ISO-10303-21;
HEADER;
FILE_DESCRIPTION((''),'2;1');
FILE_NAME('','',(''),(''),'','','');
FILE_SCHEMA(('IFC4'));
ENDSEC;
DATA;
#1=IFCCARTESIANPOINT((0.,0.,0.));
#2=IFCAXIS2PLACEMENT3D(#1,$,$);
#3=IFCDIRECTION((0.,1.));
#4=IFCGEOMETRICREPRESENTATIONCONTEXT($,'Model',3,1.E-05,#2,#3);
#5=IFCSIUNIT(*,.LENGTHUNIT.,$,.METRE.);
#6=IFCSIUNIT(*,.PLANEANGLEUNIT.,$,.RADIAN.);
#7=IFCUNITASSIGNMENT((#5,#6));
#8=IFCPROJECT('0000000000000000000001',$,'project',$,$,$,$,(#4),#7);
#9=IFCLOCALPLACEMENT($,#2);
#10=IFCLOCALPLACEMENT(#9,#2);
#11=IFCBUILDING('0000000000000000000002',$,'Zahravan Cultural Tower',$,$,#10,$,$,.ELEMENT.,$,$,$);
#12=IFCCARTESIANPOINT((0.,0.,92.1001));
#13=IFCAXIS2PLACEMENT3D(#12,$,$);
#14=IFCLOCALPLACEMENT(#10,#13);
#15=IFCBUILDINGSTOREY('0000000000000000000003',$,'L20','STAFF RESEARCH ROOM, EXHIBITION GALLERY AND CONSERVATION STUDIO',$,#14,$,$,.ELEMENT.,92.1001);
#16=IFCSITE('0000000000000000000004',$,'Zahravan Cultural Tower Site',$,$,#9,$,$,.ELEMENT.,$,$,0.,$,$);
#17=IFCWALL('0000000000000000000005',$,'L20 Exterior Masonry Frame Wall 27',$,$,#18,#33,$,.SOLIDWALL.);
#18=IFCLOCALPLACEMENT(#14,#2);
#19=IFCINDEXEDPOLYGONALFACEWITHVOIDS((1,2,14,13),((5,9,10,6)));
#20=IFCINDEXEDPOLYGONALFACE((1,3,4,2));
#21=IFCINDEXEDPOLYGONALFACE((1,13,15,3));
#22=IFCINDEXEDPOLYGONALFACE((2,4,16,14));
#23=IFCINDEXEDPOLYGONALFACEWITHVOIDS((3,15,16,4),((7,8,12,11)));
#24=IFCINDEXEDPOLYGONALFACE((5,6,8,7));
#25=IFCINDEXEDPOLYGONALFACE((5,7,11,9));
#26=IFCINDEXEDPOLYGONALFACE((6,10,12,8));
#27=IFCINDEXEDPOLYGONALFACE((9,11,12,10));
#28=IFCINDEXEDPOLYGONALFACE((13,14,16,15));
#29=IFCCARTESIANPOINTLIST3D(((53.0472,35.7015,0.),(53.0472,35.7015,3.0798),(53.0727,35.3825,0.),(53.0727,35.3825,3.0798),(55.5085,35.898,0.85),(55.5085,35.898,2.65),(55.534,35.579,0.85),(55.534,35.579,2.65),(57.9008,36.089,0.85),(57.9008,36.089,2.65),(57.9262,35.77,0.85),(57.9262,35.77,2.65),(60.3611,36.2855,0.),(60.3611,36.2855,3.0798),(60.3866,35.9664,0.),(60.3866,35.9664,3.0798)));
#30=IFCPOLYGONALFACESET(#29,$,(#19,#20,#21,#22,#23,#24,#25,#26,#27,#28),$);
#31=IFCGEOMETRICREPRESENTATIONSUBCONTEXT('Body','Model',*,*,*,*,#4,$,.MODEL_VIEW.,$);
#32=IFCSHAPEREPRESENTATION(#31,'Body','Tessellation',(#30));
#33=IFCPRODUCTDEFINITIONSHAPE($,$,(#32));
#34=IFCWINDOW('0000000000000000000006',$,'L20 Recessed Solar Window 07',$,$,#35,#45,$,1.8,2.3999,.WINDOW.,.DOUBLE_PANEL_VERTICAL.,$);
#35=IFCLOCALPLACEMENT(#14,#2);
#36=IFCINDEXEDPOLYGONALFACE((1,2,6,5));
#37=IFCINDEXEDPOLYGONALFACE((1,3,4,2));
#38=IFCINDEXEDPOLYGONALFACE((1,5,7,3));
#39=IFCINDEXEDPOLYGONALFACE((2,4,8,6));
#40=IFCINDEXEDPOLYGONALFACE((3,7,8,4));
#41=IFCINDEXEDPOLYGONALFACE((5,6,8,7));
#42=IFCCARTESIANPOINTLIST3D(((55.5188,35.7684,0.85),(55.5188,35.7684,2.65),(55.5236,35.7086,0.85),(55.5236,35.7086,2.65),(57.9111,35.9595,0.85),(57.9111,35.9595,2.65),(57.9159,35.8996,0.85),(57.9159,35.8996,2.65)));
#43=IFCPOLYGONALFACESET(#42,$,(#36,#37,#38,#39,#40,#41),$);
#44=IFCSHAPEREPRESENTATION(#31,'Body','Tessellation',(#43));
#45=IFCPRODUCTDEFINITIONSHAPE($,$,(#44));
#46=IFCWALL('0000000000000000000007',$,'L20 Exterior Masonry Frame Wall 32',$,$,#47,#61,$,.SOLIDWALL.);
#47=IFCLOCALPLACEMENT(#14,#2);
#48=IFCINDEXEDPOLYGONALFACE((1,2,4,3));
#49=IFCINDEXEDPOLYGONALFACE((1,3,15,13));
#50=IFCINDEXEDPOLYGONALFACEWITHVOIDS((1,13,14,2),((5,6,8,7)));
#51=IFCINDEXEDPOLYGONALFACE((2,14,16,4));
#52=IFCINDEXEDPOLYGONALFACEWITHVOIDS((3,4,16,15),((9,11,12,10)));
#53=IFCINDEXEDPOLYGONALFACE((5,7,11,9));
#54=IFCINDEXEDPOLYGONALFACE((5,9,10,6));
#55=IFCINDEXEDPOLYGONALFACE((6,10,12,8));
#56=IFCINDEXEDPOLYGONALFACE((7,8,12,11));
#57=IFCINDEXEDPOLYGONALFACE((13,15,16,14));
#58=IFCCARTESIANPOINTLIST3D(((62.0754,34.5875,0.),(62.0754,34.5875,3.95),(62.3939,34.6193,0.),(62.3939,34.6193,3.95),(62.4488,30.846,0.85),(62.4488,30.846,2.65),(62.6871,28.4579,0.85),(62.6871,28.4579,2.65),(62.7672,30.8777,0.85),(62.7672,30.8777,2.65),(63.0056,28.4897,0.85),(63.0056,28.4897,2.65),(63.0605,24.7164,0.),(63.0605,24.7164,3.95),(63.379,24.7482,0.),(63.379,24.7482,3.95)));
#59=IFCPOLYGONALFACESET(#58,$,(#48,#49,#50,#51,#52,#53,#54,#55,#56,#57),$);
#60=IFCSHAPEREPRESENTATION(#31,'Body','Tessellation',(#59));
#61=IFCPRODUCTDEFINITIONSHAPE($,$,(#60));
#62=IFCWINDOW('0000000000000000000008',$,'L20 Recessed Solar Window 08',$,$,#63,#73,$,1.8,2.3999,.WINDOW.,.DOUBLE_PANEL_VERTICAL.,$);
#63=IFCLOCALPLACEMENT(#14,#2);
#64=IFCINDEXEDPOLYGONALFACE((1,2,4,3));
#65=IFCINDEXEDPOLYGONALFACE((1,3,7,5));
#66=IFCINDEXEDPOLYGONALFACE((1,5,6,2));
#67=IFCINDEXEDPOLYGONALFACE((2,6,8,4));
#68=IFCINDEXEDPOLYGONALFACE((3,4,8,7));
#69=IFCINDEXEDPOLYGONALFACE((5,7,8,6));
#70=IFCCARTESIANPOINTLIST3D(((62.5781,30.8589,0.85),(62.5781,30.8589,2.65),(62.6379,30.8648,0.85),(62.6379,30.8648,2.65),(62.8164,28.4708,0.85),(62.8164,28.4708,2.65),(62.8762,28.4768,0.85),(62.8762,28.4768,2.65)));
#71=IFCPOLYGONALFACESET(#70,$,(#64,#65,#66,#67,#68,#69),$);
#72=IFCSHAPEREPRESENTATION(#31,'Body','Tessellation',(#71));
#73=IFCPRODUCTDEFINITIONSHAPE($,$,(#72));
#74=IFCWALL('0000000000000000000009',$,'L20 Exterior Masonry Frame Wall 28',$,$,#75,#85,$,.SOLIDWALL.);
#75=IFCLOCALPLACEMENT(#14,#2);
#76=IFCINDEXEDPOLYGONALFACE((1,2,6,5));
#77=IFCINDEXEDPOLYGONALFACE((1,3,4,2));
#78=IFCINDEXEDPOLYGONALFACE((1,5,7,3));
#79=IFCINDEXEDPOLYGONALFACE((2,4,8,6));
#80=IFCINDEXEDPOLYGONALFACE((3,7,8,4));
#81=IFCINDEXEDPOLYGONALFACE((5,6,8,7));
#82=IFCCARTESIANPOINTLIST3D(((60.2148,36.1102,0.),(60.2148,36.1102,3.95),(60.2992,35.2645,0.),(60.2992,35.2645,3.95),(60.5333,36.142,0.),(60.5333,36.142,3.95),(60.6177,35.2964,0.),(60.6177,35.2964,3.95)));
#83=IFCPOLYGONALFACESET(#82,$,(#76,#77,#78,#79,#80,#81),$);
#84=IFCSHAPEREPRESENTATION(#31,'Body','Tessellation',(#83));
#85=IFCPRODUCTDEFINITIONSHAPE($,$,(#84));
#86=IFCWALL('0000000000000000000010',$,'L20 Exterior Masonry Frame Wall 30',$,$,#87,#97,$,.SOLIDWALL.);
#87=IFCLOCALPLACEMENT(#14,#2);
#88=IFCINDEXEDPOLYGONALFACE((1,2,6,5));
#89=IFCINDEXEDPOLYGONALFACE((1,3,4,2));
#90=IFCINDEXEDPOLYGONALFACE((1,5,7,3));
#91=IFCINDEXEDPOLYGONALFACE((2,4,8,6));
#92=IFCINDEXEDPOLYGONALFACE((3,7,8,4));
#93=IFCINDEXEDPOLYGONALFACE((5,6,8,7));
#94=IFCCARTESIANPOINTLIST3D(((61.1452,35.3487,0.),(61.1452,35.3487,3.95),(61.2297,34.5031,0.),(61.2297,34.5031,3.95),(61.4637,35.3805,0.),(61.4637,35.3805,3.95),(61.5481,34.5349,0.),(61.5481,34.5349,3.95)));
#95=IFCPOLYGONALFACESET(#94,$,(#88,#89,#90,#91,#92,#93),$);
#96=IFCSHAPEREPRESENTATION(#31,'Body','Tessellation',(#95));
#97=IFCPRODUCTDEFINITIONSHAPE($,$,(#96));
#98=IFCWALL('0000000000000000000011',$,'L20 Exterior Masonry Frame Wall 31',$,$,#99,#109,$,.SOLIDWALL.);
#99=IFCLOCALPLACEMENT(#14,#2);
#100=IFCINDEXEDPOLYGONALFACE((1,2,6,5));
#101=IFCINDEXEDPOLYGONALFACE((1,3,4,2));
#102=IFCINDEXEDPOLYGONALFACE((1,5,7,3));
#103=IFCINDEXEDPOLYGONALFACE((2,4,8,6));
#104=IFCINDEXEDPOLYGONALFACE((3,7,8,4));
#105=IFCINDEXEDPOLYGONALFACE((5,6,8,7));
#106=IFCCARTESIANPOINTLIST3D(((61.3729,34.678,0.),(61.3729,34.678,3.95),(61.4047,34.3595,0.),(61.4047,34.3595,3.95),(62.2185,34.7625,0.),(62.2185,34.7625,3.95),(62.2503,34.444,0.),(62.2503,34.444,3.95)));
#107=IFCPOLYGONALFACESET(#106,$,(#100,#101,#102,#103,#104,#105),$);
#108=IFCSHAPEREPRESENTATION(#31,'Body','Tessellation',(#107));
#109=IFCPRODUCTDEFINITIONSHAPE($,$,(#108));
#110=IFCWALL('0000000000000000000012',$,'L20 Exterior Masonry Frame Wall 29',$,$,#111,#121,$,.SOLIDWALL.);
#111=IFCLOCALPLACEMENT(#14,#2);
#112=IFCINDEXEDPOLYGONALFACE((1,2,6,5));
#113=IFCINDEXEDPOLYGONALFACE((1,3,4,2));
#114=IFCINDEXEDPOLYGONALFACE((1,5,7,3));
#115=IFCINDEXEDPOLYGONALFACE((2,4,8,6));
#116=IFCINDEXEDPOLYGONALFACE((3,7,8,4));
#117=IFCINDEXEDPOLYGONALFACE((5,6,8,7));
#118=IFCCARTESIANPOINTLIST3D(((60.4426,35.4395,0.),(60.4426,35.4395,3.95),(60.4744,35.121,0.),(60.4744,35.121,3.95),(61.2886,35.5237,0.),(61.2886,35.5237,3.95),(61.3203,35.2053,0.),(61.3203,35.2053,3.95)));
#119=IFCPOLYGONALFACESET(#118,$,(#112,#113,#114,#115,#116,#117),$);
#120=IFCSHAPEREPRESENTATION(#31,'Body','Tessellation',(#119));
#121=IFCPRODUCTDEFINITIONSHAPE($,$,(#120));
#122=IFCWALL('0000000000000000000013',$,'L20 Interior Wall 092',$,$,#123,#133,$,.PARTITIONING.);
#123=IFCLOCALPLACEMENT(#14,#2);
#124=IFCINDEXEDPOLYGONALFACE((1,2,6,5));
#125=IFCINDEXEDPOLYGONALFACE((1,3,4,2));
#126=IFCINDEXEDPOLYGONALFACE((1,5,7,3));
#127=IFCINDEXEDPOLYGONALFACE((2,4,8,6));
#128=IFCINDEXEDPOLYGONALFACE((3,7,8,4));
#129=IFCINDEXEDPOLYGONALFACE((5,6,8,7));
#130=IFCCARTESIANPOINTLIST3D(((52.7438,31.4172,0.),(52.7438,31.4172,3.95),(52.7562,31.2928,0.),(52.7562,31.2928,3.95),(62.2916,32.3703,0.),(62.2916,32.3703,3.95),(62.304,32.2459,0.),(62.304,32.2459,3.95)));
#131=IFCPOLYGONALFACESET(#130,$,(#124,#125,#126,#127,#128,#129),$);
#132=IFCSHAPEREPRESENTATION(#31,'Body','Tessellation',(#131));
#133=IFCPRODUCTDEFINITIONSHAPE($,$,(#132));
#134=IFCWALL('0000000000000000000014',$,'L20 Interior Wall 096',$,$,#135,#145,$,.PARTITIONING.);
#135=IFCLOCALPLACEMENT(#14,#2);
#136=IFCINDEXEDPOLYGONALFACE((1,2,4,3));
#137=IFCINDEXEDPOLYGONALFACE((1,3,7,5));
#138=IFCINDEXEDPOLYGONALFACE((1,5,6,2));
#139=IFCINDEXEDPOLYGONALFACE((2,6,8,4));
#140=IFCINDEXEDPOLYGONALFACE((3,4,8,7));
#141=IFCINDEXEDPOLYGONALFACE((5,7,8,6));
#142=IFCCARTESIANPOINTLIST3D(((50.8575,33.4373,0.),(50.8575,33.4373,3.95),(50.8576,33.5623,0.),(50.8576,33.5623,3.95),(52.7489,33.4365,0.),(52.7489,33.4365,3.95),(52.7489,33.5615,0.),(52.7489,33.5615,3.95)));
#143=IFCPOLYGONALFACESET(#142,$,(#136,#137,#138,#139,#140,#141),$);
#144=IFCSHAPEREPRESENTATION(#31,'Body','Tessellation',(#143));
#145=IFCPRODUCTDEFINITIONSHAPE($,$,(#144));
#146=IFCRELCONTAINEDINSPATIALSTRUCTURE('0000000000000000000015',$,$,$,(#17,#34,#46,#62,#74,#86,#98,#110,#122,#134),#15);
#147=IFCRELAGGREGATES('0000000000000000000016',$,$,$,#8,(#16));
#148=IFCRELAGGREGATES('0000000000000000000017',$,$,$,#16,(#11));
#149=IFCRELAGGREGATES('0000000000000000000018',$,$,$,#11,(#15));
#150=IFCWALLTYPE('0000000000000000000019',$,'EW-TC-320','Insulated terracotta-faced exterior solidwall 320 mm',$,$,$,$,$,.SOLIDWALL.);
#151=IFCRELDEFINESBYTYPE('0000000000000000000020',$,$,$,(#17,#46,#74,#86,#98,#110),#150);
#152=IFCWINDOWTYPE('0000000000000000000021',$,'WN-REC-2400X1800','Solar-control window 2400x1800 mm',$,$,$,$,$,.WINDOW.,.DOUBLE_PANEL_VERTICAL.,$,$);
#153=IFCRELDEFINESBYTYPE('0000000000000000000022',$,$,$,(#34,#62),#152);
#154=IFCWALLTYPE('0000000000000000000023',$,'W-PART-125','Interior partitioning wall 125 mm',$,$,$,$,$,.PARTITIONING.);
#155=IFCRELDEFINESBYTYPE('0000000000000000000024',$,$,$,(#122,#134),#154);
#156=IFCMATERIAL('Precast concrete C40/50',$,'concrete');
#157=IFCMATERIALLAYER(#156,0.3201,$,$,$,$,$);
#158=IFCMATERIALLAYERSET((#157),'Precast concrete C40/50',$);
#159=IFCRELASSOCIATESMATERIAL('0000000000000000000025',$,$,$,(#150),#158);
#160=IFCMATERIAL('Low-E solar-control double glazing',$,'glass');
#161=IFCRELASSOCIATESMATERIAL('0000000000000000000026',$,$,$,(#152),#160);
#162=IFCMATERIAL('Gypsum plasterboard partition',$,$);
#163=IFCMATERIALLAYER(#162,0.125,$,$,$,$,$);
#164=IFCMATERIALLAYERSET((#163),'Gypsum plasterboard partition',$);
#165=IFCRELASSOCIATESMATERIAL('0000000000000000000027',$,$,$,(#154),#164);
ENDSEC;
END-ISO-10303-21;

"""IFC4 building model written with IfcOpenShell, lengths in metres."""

from ifc_helpers import new_model, si_unit, direction, frame, frame_2d, origin, place, context, subcontext, project, spatial, rectangle, extrude, source, transform, mapped, material, layer, layer_set, type_object, element, fill, save


model = new_model("IFC4")

# Units and contexts
model_context = context("Model", 3, precision=1e-05, world=origin(), true_north=direction((0.0, 1.0)))
body_context = subcontext(model_context, "Body", "Model", "MODEL_VIEW")
ifc_project = project(units=[si_unit("LENGTHUNIT", "METRE"), si_unit("PLANEANGLEUNIT", "RADIAN")], contexts=[model_context])

# Site, building, storey
site_placement = place(None, origin())
site = spatial("IfcSite", under=ifc_project, at=site_placement, Name="Zahravan Cultural Tower Site", CompositionType="ELEMENT", RefElevation=0.0)
building_placement = place(site_placement, origin())
building = spatial("IfcBuilding", under=site, at=building_placement, Name="Zahravan Cultural Tower", CompositionType="ELEMENT")
storey_placement = place(building_placement, frame((0.0, 0.0, 92.1001)))
storey = spatial("IfcBuildingStorey", under=building, at=storey_placement, Name="L20", Description="STAFF RESEARCH ROOM, EXHIBITION GALLERY AND CONSERVATION STUDIO", CompositionType="ELEMENT", Elevation=92.1001)

# Walls, openings, windows
ifc_material_1 = material(Name="Precast concrete C40/50", Category="concrete")
ifc_layer_1 = layer(ifc_material_1, 0.3201)
ifc_layer_set_1 = layer_set([ifc_layer_1], Name="Precast concrete C40/50")
wall_type_1 = type_object("IfcWallType", Name="EW-TC-320", Description="Insulated terracotta-faced exterior solidwall 320 mm", PredefinedType="SOLIDWALL", material=ifc_layer_set_1)
ifc_material_2 = material(Name="Low-E solar-control double glazing", Category="glass")
window_type = type_object("IfcWindowType", Name="WN-REC-2400X1800", Description="Solar-control window 2400x1800 mm", PartitioningType="DOUBLE_PANEL_VERTICAL", PredefinedType="WINDOW", material=ifc_material_2)
shared_shape_1 = source(origin(), body_context, "Body", "SweptSolid", [
    extrude(rectangle(XDim=2.3999, YDim=1.8, at=frame_2d((1.2, 0.8999))), frame((0.0, 0.03, 0.0), z_axis=(0.0, -1.0, 0.0), x_axis=(1.0, 0.0, 0.0)), (0.0, 0.0, 1.0), 0.0601),
])
wall_1_placement = place(storey_placement, frame((53.0601, 35.542, 0.0), z_axis=(0.0, 0.0, 1.0), x_axis=(0.996828, 0.079592, 0.0)))
wall_1 = element("IfcWall", 1, at=wall_1_placement, inside=storey, type_object=wall_type_1, Name="L20 Exterior Masonry Frame Wall 27", PredefinedType="SOLIDWALL", context=body_context, shape_type="SweptSolid", body=[
    extrude(rectangle(XDim=7.3372, YDim=0.3201, at=frame_2d((3.6685, 0.0))), origin(), (0.0, 0.0, 1.0), 3.0798),
])
opening_1_placement = place(wall_1_placement, frame((2.469, 0.0, 0.8501)))
opening_1 = element("IfcOpeningElement", 2, at=opening_1_placement, cuts=wall_1, PredefinedType="OPENING", context=body_context, shape_type="SweptSolid", body=[
    extrude(rectangle(XDim=2.3999, YDim=1.8, at=frame_2d((1.2, 0.8999))), frame((0.0, 0.1699, 0.0), z_axis=(0.0, -1.0, 0.0), x_axis=(1.0, 0.0, 0.0)), (0.0, 0.0, 1.0), 0.3401),
])
window_1_placement = place(opening_1_placement, origin())
window_1 = element("IfcWindow", 3, at=window_1_placement, inside=storey, type_object=window_type, Name="L20 Recessed Solar Window 07", OverallHeight=1.8, OverallWidth=2.3999, PartitioningType="DOUBLE_PANEL_VERTICAL", PredefinedType="WINDOW", context=body_context, shape_type="MappedRepresentation", body=[
    mapped(shared_shape_1, transform((0.0, 0.0, 0.0), x_axis=(1.0, 0.0, 0.0), y_axis=(0.0, 1.0, 0.0), z_axis=(0.0, 0.0, 1.0), scale=1.0)),
])
fill(opening_1, window_1)
wall_2_placement = place(storey_placement, frame((62.2346, 34.6033, 0.0), z_axis=(0.0, 0.0, 1.0), x_axis=(0.099304, -0.995057, 0.0)))
wall_2 = element("IfcWall", 4, at=wall_2_placement, inside=storey, type_object=wall_type_1, Name="L20 Exterior Masonry Frame Wall 32", PredefinedType="SOLIDWALL", context=body_context, shape_type="SweptSolid", body=[
    extrude(rectangle(XDim=9.9202, YDim=0.3201, at=frame_2d((4.96, 0.0))), origin(), (0.0, 0.0, 1.0), 3.95),
])
opening_2_placement = place(wall_2_placement, frame((3.76, 0.0, 0.8501)))
opening_2 = element("IfcOpeningElement", 5, at=opening_2_placement, cuts=wall_2, PredefinedType="OPENING", context=body_context, shape_type="SweptSolid", body=[
    extrude(rectangle(XDim=2.3999, YDim=1.8, at=frame_2d((1.2, 0.8999))), frame((0.0, 0.1699, 0.0), z_axis=(0.0, -1.0, 0.0), x_axis=(1.0, 0.0, 0.0)), (0.0, 0.0, 1.0), 0.3401),
])
window_2_placement = place(opening_2_placement, origin())
window_2 = element("IfcWindow", 6, at=window_2_placement, inside=storey, type_object=window_type, Name="L20 Recessed Solar Window 08", OverallHeight=1.8, OverallWidth=2.3999, PartitioningType="DOUBLE_PANEL_VERTICAL", PredefinedType="WINDOW", context=body_context, shape_type="MappedRepresentation", body=[
    mapped(shared_shape_1, transform((0.0, 0.0, 0.0), x_axis=(1.0, 0.0, 0.0), y_axis=(0.0, 1.0, 0.0), z_axis=(0.0, 0.0, 1.0), scale=1.0)),
])
fill(opening_2, window_2)

# Shared definitions
ifc_material_3 = material(Name="Gypsum plasterboard partition")
ifc_layer_2 = layer(ifc_material_3, 0.125)
ifc_layer_set_2 = layer_set([ifc_layer_2], Name="Gypsum plasterboard partition")
wall_type_2 = type_object("IfcWallType", Name="W-PART-125", Description="Interior partitioning wall 125 mm", PredefinedType="PARTITIONING", material=ifc_layer_set_2)

# Walls
shared_shape_2 = source(origin(), body_context, "Body", "SweptSolid", [
    extrude(rectangle(XDim=0.8499, YDim=0.3201, at=frame_2d((0.4248, 0.0))), origin(), (0.0, 0.0, 1.0), 3.95),
])
for number, where, z_axis, x_axis, name in (
    (7, (60.374, 36.126, 0.0), (0.0, 0.0, 1.0), (0.09939, -0.995049, 0.0), "L20 Exterior Masonry Frame Wall 28"),
    (8, (61.3044, 35.3645, 0.0), (0.0, 0.0, 1.0), (0.09939, -0.995049, 0.0), "L20 Exterior Masonry Frame Wall 30"),
    (9, (61.3889, 34.5188, 0.0), (0.0, 0.0, 1.0), (0.995049, 0.09939, 0.0), "L20 Exterior Masonry Frame Wall 31"),
):
    element("IfcWall", number, at=place(storey_placement, frame(where, z_axis=z_axis, x_axis=x_axis)), inside=storey, type_object=wall_type_1, Name=name, PredefinedType="SOLIDWALL", context=body_context, shape_type="MappedRepresentation", body=[
        mapped(shared_shape_2, transform((0.0, 0.0, 0.0), x_axis=(1.0, 0.0, 0.0), y_axis=(0.0, 1.0, 0.0), z_axis=(0.0, 0.0, 1.0), scale=1.0)),
    ])
shared_shape_3 = source(origin(), body_context, "Body", "SweptSolid", [
    extrude(rectangle(XDim=0.8501, YDim=0.3201, at=frame_2d((0.425, 0.0))), origin(), (0.0, 0.0, 1.0), 3.95),
])
wall_3_placement = place(storey_placement, frame((60.4585, 35.2803, 0.0), z_axis=(0.0, 0.0, 1.0), x_axis=(0.99508, 0.099077, 0.0)))
element("IfcWall", 10, at=wall_3_placement, inside=storey, type_object=wall_type_1, Name="L20 Exterior Masonry Frame Wall 29", PredefinedType="SOLIDWALL", context=body_context, shape_type="MappedRepresentation", body=[
    mapped(shared_shape_3, transform((0.0, 0.0, 0.0), x_axis=(1.0, 0.0, 0.0), y_axis=(0.0, 1.0, 0.0), z_axis=(0.0, 0.0, 1.0), scale=1.0)),
])
shared_shape_4 = source(origin(), body_context, "Body", "SweptSolid", [
    extrude(rectangle(XDim=9.5952, YDim=0.125, at=frame_2d((4.7976, 0.0))), origin(), (0.0, 0.0, 1.0), 3.95),
])
wall_4_placement = place(storey_placement, frame((52.75, 31.355, 0.0), z_axis=(0.0, 0.0, 1.0), x_axis=(0.995054, 0.099332, 0.0)))
element("IfcWall", 11, at=wall_4_placement, inside=storey, type_object=wall_type_2, Name="L20 Interior Wall 092", PredefinedType="PARTITIONING", context=body_context, shape_type="MappedRepresentation", body=[
    mapped(shared_shape_4, transform((0.0, 0.0, 0.0), x_axis=(1.0, 0.0, 0.0), y_axis=(0.0, 1.0, 0.0), z_axis=(0.0, 0.0, 1.0), scale=1.0)),
])
shared_shape_5 = source(origin(), body_context, "Body", "SweptSolid", [
    extrude(rectangle(XDim=1.8914, YDim=0.125, at=frame_2d((0.9458, 0.0))), origin(), (0.0, 0.0, 1.0), 3.95),
])
wall_5_placement = place(storey_placement, frame((52.749, 33.499, 0.0), z_axis=(0.0, 0.0, 1.0), x_axis=(-1.0, 0.000387, 0.0)))
element("IfcWall", 12, at=wall_5_placement, inside=storey, type_object=wall_type_2, Name="L20 Interior Wall 096", PredefinedType="PARTITIONING", context=body_context, shape_type="MappedRepresentation", body=[
    mapped(shared_shape_5, transform((0.0, 0.0, 0.0), x_axis=(1.0, 0.0, 0.0), y_axis=(0.0, 1.0, 0.0), z_axis=(0.0, 0.0, 1.0), scale=1.0)),
])

save(model, "model.ifc")
